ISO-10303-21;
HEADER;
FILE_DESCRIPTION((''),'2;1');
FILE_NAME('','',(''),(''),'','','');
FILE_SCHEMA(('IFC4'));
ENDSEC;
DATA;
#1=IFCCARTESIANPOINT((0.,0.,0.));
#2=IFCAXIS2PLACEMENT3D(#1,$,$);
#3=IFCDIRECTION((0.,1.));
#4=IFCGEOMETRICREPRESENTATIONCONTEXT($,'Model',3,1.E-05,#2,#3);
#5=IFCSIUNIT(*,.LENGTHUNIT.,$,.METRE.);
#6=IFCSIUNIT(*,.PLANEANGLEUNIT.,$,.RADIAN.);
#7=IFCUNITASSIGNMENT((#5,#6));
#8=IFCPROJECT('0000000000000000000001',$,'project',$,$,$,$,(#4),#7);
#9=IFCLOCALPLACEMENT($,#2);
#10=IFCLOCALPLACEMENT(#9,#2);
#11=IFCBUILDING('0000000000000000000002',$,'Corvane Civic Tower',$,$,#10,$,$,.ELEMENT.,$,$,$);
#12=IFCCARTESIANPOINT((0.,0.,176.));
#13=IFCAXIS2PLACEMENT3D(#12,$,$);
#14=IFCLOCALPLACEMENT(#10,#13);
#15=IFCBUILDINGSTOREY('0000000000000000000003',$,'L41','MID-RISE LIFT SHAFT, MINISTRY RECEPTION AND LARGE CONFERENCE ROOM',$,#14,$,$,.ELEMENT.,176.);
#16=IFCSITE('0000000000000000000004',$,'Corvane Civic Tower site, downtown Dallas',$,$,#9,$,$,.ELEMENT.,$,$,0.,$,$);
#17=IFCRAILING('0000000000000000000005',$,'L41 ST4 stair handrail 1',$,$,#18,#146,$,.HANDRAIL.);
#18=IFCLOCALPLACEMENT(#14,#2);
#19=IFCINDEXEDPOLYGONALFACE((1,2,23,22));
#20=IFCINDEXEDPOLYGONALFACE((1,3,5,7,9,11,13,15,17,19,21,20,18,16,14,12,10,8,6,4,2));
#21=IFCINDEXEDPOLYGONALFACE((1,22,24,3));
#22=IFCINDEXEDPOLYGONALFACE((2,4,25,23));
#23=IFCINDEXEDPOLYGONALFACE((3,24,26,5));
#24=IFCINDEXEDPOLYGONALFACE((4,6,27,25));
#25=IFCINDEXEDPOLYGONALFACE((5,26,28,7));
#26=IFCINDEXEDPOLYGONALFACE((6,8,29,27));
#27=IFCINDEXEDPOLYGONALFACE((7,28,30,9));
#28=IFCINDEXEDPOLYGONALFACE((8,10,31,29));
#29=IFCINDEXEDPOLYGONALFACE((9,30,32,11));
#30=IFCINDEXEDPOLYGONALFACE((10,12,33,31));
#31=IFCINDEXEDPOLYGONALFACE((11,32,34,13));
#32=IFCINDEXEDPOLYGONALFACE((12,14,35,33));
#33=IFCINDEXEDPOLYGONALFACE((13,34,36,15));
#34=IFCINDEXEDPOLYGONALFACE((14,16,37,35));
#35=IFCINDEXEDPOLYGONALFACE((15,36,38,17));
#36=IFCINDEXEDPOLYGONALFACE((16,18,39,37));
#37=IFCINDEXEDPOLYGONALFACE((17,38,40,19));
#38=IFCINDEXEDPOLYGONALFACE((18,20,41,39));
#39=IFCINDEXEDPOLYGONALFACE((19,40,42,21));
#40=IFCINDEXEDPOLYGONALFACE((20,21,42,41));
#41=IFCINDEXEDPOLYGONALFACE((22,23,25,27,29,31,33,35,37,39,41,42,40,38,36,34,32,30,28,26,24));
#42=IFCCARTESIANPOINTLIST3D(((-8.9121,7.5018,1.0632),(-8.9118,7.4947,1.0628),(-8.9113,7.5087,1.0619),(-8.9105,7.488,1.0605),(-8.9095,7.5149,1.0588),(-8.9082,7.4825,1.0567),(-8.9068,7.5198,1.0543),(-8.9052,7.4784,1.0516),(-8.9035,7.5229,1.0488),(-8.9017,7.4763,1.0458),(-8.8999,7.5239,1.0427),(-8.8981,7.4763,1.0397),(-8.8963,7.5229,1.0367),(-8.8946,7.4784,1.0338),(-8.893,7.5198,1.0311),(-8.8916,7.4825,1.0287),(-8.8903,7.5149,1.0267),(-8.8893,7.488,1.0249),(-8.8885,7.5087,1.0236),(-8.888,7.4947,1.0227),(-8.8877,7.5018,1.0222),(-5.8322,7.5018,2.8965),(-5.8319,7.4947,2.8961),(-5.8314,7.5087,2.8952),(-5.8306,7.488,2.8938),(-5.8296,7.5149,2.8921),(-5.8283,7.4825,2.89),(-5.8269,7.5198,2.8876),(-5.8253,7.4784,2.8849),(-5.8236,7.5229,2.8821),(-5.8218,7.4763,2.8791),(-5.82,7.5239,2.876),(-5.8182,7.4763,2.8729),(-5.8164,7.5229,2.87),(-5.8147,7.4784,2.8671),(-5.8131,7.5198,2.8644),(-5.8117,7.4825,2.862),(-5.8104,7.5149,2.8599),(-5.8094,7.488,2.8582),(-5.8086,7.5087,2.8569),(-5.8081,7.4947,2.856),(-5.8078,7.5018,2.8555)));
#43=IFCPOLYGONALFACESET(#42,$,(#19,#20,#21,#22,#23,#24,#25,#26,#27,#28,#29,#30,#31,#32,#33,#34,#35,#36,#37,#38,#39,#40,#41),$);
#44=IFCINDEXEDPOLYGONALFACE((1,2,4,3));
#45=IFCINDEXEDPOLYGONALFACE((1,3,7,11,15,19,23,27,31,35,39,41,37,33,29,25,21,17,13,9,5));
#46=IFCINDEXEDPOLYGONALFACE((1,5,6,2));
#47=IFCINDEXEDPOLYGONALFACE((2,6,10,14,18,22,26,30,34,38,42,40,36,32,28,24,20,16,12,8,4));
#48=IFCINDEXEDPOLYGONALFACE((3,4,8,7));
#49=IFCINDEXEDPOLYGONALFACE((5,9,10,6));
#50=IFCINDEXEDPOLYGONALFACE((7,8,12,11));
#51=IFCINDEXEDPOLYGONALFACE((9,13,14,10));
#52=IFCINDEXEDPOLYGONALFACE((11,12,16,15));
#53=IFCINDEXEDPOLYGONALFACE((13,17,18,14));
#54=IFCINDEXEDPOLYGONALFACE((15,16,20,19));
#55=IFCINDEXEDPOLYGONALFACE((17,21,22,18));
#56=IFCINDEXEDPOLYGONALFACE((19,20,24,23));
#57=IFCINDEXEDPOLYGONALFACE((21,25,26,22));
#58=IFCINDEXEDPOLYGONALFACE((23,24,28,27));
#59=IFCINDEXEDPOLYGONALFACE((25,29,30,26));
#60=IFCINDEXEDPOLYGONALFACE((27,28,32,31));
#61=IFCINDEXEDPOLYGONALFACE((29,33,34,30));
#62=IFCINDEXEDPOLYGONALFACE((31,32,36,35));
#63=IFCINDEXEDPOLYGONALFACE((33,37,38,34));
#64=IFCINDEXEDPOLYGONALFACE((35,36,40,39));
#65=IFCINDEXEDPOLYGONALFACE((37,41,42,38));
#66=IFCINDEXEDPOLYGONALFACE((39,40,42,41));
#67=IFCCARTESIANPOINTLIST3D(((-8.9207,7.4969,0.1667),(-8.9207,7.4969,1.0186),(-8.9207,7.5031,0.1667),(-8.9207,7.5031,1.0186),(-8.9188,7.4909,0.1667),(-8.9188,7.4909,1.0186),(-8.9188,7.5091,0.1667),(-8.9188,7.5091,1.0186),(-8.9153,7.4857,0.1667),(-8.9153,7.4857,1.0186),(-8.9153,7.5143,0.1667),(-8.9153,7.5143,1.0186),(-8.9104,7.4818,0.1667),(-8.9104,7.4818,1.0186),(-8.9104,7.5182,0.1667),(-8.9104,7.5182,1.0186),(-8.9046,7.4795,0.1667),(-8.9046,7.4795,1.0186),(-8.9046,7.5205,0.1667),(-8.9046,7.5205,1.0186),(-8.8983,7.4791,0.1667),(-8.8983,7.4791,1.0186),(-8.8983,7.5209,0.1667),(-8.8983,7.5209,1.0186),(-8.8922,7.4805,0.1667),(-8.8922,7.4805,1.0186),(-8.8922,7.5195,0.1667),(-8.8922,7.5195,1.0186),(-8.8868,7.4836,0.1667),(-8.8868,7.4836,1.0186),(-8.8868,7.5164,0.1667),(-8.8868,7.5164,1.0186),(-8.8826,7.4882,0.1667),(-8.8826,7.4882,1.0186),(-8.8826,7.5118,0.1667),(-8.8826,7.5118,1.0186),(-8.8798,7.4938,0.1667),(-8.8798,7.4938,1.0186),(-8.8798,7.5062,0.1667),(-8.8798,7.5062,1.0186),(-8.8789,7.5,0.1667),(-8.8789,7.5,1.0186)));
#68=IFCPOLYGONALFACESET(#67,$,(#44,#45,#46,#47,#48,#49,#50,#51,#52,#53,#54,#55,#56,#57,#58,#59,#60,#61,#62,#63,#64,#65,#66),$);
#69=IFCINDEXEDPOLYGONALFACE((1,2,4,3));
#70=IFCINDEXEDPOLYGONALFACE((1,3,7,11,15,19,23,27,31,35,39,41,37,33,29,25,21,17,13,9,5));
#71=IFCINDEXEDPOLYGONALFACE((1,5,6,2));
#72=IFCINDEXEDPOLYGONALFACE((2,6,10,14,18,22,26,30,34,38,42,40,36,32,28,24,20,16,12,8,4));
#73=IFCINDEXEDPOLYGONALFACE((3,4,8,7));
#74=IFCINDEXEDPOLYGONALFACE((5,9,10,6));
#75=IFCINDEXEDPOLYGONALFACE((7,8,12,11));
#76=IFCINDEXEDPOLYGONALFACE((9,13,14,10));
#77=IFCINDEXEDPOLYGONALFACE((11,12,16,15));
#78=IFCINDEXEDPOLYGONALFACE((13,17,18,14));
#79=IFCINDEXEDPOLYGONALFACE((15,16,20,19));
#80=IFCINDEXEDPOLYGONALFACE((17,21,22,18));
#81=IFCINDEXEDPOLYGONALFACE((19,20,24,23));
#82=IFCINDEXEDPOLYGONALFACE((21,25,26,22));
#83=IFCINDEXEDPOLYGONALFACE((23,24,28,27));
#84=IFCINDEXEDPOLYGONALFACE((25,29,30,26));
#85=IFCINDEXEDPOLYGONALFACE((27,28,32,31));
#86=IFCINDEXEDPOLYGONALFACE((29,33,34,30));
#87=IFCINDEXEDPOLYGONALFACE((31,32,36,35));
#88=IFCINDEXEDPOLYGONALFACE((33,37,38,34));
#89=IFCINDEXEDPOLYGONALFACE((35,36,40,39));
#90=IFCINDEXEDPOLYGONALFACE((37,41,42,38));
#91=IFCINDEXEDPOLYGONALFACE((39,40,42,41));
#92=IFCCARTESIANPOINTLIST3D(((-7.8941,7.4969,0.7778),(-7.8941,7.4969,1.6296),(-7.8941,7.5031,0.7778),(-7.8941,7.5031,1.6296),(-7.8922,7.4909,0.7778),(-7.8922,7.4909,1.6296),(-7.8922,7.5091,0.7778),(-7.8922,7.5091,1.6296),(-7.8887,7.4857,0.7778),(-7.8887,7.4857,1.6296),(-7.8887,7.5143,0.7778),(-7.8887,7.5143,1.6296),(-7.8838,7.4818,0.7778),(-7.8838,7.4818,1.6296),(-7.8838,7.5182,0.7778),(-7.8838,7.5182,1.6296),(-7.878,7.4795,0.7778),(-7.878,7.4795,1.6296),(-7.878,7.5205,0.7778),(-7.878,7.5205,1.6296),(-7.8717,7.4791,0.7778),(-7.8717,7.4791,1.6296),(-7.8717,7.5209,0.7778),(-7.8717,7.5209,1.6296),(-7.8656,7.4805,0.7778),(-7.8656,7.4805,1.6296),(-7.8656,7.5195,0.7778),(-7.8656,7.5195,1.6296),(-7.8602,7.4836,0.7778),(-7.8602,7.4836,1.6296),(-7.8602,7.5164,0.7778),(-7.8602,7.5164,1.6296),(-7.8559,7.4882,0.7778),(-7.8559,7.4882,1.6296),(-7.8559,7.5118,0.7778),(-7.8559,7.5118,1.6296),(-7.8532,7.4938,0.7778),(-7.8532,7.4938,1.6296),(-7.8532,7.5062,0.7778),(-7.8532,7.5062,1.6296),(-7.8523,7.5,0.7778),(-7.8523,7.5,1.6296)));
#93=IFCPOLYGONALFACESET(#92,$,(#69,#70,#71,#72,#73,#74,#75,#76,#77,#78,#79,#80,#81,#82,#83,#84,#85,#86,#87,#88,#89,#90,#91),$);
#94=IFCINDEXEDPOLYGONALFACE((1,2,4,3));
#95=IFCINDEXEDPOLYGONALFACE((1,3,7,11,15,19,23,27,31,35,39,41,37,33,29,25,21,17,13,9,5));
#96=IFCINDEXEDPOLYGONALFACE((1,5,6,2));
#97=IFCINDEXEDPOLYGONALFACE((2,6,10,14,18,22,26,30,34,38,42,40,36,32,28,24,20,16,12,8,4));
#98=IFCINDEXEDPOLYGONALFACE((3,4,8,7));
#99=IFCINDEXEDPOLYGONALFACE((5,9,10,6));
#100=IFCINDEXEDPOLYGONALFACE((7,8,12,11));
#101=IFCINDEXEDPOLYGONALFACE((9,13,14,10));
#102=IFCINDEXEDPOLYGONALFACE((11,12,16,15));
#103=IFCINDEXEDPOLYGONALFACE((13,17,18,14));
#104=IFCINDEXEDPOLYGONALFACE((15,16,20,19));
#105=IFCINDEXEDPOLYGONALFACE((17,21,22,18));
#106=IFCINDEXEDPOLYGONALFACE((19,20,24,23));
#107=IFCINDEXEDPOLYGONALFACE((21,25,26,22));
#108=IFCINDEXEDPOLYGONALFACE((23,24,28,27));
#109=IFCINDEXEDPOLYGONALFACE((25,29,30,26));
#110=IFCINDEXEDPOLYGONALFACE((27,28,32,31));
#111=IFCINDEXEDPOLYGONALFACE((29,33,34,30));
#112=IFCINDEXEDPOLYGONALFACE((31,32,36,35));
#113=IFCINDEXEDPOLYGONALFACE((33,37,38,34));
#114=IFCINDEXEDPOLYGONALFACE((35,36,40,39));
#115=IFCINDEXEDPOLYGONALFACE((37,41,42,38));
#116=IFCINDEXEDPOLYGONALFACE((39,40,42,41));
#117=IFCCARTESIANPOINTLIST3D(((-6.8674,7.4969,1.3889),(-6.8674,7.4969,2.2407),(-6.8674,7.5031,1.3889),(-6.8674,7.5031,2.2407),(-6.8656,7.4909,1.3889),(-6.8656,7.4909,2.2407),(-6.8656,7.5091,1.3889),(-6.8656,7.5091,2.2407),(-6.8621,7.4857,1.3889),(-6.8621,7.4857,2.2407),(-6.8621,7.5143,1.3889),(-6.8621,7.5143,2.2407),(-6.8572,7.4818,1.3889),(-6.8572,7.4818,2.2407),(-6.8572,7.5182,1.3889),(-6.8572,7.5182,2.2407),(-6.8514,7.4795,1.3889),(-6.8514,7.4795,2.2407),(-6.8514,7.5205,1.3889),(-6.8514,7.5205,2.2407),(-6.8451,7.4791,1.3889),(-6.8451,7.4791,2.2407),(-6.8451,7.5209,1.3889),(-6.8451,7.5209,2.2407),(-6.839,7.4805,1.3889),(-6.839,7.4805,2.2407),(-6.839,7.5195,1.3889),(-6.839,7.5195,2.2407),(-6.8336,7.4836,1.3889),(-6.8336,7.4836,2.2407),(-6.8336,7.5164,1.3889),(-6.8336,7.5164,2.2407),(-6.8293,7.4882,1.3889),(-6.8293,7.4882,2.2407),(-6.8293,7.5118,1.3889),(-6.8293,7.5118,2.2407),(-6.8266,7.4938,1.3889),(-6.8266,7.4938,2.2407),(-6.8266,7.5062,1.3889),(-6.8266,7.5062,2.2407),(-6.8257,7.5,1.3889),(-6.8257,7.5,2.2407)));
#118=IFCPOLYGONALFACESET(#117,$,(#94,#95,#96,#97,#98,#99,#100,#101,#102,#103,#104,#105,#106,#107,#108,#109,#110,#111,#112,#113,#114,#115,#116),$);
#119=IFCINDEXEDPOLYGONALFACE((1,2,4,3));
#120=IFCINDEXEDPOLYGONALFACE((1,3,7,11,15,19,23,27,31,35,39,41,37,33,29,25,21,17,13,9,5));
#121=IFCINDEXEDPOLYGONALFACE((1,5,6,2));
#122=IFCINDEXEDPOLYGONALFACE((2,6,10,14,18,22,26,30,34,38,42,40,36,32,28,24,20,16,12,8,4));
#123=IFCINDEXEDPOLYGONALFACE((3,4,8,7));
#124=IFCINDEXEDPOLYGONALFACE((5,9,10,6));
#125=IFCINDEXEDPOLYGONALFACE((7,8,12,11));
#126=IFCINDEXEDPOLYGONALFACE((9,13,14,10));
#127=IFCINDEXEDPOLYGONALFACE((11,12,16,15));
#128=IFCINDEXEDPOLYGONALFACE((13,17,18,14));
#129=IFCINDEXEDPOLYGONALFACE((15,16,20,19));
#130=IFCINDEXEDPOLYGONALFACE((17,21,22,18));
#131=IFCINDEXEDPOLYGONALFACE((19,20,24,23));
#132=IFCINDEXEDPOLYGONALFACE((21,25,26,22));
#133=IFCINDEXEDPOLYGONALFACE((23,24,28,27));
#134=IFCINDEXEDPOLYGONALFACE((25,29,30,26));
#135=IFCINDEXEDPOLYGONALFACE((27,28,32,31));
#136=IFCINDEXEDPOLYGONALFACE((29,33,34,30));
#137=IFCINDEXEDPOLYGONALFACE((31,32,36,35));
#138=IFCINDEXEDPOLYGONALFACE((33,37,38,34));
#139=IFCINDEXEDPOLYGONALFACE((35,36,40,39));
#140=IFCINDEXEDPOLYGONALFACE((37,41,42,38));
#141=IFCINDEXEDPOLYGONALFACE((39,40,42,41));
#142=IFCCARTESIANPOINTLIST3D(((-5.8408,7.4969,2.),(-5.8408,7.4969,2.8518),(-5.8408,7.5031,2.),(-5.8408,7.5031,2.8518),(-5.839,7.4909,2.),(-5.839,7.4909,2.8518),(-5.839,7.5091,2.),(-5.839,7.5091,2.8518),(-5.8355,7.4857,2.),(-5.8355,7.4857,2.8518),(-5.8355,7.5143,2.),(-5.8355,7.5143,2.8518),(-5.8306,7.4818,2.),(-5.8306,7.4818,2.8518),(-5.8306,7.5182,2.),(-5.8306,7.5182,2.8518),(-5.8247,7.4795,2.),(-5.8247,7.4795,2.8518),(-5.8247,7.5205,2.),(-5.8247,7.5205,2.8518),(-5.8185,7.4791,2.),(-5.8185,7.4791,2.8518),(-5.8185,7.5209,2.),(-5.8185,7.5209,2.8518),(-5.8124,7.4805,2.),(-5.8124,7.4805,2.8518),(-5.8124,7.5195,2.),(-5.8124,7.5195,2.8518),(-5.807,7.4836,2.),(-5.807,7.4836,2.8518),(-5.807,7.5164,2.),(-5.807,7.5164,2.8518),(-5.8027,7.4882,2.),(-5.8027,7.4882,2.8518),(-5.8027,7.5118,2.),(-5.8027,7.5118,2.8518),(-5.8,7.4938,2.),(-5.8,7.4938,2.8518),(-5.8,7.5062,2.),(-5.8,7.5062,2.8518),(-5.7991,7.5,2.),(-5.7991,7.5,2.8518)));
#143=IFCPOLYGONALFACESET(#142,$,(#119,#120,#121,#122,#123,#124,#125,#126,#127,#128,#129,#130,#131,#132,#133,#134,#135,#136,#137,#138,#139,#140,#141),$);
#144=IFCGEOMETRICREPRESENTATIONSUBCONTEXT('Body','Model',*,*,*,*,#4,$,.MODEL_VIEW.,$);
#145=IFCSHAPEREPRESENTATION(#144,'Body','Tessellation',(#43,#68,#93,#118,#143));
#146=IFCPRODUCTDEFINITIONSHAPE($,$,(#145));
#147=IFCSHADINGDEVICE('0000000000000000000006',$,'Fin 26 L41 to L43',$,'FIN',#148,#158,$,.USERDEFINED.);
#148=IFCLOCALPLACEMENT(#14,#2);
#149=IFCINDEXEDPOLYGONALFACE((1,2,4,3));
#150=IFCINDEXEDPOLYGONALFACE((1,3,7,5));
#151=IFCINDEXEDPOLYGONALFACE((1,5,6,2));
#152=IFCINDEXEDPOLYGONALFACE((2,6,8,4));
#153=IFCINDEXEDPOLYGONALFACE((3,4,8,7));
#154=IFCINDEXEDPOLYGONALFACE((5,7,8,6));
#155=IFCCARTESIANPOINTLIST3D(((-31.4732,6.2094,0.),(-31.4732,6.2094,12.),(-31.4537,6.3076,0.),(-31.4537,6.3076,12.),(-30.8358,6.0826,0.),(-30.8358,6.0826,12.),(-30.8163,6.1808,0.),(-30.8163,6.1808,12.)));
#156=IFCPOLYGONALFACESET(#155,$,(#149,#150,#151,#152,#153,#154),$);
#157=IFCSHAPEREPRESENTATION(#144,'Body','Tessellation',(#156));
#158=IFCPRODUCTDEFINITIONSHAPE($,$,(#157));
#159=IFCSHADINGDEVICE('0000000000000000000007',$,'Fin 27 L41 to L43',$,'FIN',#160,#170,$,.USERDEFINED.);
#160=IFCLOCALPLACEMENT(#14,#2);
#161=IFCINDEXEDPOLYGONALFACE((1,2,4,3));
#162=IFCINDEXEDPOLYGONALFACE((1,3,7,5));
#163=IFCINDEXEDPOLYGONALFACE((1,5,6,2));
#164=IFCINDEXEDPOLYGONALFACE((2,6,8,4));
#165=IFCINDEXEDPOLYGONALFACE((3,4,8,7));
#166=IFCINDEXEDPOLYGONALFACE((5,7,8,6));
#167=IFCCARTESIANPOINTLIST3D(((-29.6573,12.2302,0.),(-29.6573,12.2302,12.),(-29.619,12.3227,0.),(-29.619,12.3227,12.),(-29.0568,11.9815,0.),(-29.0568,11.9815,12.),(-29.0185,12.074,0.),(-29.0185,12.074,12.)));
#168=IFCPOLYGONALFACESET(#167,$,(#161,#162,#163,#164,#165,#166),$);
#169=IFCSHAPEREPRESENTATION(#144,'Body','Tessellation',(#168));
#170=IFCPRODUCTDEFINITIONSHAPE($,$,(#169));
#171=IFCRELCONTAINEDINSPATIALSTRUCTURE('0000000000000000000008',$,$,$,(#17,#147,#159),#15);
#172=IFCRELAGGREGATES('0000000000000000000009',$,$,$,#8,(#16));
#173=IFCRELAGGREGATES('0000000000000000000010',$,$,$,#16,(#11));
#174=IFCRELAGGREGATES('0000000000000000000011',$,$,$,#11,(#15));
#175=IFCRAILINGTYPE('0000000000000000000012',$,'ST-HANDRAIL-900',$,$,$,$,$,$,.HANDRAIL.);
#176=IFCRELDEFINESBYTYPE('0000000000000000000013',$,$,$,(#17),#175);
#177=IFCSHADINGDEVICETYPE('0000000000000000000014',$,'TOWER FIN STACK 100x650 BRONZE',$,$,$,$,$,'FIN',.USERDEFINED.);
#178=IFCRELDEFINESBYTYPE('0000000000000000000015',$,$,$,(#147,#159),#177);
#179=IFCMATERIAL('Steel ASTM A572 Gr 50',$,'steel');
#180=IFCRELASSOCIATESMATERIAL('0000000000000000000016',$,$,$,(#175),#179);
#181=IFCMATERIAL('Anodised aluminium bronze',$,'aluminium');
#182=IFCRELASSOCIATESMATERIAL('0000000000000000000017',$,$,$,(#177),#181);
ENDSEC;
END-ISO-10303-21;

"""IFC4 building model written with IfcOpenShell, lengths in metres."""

from ifc_helpers import new_model, si_unit, direction, frame, origin, origin_2d, place, context, subcontext, project, spatial, rectangle, circle, extrude, material, material_profile, profile_set, type_object, element, save


model = new_model("IFC4")

# Units and contexts
model_context = context("Model", 3, precision=1e-05, world=origin(), true_north=direction((0.0, 1.0)))
body_context = subcontext(model_context, "Body", "Model", "MODEL_VIEW")
ifc_project = project(units=[si_unit("LENGTHUNIT", "METRE"), si_unit("PLANEANGLEUNIT", "RADIAN")], contexts=[model_context])

# Site, building, storey
site_placement = place(None, origin())
site = spatial("IfcSite", under=ifc_project, at=site_placement, Name="Corvane Civic Tower site, downtown Dallas", CompositionType="ELEMENT", RefElevation=0.0)
building_placement = place(site_placement, origin())
building = spatial("IfcBuilding", under=site, at=building_placement, Name="Corvane Civic Tower", CompositionType="ELEMENT")
storey_placement = place(building_placement, frame((0.0, 0.0, 176.0)))
storey = spatial("IfcBuildingStorey", under=building, at=storey_placement, Name="L41", Description="MID-RISE LIFT SHAFT, MINISTRY RECEPTION AND LARGE CONFERENCE ROOM", CompositionType="ELEMENT", Elevation=176.0)

# Railing
ifc_material_1 = material(Name="Steel ASTM A572 Gr 50", Category="steel")
railing_type_1 = type_object("IfcRailingType", Name="ST-HANDRAIL-900", PredefinedType="HANDRAIL", material=ifc_material_1)
railing_1_placement = place(storey_placement, frame((-8.8999, 7.5, 0.1667)))
element("IfcRailing", 1, at=railing_1_placement, inside=storey, type_object=railing_type_1, Name="L41 ST4 stair handrail 1", PredefinedType="HANDRAIL", context=body_context, shape_type="SweptSolid", body=[
    extrude(circle(Radius=0.0239, at=origin_2d()), frame((0.0, 0.0, 0.876), z_axis=(0.859291, 0.0, 0.511487), x_axis=(0.0, 1.0, 0.0)), (0.0, 0.0, 1.0), 3.5842),
    extrude(circle(Radius=0.021, at=origin_2d()), origin(), (0.0, 0.0, 1.0), 0.8518),
    extrude(circle(Radius=0.021, at=origin_2d()), frame((1.0266, 0.0, 0.6111)), (0.0, 0.0, 1.0), 0.8518),
    extrude(circle(Radius=0.021, at=origin_2d()), frame((2.0532, 0.0, 1.2222)), (0.0, 0.0, 1.0), 0.8518),
    extrude(circle(Radius=0.021, at=origin_2d()), frame((3.0798, 0.0, 1.8333)), (0.0, 0.0, 1.0), 0.8518),
])

# Shading devices
ifc_material_2 = material(Name="Anodised aluminium bronze", Category="aluminium")
ifc_material_profile_1 = material_profile(ifc_material_2, rectangle(XDim=0.1001, YDim=0.6499, at=origin_2d()), Name="TOWER FIN STACK 100x650 BRONZE")
ifc_profile_set_1 = profile_set([ifc_material_profile_1], Name="Anodised aluminium bronze")
shading_device_type = type_object("IfcShadingDeviceType", Name="TOWER FIN STACK 100x650 BRONZE", ElementType="FIN", PredefinedType="USERDEFINED", material=ifc_profile_set_1)
for number, where, z_axis, x_axis, name in (
    (2, (-31.1448, 6.1951, 0.0), (0.0, 0.0, 1.0), (0.19509, 0.980785, 0.0), "Fin 26 L41 to L43"),
    (3, (-29.3379, 12.1521, 0.0), (0.0, 0.0, 1.0), (0.382683, 0.92388, 0.0), "Fin 27 L41 to L43"),
):
    element("IfcShadingDevice", number, at=place(storey_placement, frame(where, z_axis=z_axis, x_axis=x_axis)), inside=storey, type_object=shading_device_type, Name=name, ObjectType="FIN", PredefinedType="USERDEFINED", context=body_context, shape_type="SweptSolid", body=[
        extrude(rectangle(XDim=0.1001, YDim=0.6499, at=origin_2d()), origin(), (0.0, 0.0, 1.0), 12.0),
    ])

save(model, "model.ifc")
